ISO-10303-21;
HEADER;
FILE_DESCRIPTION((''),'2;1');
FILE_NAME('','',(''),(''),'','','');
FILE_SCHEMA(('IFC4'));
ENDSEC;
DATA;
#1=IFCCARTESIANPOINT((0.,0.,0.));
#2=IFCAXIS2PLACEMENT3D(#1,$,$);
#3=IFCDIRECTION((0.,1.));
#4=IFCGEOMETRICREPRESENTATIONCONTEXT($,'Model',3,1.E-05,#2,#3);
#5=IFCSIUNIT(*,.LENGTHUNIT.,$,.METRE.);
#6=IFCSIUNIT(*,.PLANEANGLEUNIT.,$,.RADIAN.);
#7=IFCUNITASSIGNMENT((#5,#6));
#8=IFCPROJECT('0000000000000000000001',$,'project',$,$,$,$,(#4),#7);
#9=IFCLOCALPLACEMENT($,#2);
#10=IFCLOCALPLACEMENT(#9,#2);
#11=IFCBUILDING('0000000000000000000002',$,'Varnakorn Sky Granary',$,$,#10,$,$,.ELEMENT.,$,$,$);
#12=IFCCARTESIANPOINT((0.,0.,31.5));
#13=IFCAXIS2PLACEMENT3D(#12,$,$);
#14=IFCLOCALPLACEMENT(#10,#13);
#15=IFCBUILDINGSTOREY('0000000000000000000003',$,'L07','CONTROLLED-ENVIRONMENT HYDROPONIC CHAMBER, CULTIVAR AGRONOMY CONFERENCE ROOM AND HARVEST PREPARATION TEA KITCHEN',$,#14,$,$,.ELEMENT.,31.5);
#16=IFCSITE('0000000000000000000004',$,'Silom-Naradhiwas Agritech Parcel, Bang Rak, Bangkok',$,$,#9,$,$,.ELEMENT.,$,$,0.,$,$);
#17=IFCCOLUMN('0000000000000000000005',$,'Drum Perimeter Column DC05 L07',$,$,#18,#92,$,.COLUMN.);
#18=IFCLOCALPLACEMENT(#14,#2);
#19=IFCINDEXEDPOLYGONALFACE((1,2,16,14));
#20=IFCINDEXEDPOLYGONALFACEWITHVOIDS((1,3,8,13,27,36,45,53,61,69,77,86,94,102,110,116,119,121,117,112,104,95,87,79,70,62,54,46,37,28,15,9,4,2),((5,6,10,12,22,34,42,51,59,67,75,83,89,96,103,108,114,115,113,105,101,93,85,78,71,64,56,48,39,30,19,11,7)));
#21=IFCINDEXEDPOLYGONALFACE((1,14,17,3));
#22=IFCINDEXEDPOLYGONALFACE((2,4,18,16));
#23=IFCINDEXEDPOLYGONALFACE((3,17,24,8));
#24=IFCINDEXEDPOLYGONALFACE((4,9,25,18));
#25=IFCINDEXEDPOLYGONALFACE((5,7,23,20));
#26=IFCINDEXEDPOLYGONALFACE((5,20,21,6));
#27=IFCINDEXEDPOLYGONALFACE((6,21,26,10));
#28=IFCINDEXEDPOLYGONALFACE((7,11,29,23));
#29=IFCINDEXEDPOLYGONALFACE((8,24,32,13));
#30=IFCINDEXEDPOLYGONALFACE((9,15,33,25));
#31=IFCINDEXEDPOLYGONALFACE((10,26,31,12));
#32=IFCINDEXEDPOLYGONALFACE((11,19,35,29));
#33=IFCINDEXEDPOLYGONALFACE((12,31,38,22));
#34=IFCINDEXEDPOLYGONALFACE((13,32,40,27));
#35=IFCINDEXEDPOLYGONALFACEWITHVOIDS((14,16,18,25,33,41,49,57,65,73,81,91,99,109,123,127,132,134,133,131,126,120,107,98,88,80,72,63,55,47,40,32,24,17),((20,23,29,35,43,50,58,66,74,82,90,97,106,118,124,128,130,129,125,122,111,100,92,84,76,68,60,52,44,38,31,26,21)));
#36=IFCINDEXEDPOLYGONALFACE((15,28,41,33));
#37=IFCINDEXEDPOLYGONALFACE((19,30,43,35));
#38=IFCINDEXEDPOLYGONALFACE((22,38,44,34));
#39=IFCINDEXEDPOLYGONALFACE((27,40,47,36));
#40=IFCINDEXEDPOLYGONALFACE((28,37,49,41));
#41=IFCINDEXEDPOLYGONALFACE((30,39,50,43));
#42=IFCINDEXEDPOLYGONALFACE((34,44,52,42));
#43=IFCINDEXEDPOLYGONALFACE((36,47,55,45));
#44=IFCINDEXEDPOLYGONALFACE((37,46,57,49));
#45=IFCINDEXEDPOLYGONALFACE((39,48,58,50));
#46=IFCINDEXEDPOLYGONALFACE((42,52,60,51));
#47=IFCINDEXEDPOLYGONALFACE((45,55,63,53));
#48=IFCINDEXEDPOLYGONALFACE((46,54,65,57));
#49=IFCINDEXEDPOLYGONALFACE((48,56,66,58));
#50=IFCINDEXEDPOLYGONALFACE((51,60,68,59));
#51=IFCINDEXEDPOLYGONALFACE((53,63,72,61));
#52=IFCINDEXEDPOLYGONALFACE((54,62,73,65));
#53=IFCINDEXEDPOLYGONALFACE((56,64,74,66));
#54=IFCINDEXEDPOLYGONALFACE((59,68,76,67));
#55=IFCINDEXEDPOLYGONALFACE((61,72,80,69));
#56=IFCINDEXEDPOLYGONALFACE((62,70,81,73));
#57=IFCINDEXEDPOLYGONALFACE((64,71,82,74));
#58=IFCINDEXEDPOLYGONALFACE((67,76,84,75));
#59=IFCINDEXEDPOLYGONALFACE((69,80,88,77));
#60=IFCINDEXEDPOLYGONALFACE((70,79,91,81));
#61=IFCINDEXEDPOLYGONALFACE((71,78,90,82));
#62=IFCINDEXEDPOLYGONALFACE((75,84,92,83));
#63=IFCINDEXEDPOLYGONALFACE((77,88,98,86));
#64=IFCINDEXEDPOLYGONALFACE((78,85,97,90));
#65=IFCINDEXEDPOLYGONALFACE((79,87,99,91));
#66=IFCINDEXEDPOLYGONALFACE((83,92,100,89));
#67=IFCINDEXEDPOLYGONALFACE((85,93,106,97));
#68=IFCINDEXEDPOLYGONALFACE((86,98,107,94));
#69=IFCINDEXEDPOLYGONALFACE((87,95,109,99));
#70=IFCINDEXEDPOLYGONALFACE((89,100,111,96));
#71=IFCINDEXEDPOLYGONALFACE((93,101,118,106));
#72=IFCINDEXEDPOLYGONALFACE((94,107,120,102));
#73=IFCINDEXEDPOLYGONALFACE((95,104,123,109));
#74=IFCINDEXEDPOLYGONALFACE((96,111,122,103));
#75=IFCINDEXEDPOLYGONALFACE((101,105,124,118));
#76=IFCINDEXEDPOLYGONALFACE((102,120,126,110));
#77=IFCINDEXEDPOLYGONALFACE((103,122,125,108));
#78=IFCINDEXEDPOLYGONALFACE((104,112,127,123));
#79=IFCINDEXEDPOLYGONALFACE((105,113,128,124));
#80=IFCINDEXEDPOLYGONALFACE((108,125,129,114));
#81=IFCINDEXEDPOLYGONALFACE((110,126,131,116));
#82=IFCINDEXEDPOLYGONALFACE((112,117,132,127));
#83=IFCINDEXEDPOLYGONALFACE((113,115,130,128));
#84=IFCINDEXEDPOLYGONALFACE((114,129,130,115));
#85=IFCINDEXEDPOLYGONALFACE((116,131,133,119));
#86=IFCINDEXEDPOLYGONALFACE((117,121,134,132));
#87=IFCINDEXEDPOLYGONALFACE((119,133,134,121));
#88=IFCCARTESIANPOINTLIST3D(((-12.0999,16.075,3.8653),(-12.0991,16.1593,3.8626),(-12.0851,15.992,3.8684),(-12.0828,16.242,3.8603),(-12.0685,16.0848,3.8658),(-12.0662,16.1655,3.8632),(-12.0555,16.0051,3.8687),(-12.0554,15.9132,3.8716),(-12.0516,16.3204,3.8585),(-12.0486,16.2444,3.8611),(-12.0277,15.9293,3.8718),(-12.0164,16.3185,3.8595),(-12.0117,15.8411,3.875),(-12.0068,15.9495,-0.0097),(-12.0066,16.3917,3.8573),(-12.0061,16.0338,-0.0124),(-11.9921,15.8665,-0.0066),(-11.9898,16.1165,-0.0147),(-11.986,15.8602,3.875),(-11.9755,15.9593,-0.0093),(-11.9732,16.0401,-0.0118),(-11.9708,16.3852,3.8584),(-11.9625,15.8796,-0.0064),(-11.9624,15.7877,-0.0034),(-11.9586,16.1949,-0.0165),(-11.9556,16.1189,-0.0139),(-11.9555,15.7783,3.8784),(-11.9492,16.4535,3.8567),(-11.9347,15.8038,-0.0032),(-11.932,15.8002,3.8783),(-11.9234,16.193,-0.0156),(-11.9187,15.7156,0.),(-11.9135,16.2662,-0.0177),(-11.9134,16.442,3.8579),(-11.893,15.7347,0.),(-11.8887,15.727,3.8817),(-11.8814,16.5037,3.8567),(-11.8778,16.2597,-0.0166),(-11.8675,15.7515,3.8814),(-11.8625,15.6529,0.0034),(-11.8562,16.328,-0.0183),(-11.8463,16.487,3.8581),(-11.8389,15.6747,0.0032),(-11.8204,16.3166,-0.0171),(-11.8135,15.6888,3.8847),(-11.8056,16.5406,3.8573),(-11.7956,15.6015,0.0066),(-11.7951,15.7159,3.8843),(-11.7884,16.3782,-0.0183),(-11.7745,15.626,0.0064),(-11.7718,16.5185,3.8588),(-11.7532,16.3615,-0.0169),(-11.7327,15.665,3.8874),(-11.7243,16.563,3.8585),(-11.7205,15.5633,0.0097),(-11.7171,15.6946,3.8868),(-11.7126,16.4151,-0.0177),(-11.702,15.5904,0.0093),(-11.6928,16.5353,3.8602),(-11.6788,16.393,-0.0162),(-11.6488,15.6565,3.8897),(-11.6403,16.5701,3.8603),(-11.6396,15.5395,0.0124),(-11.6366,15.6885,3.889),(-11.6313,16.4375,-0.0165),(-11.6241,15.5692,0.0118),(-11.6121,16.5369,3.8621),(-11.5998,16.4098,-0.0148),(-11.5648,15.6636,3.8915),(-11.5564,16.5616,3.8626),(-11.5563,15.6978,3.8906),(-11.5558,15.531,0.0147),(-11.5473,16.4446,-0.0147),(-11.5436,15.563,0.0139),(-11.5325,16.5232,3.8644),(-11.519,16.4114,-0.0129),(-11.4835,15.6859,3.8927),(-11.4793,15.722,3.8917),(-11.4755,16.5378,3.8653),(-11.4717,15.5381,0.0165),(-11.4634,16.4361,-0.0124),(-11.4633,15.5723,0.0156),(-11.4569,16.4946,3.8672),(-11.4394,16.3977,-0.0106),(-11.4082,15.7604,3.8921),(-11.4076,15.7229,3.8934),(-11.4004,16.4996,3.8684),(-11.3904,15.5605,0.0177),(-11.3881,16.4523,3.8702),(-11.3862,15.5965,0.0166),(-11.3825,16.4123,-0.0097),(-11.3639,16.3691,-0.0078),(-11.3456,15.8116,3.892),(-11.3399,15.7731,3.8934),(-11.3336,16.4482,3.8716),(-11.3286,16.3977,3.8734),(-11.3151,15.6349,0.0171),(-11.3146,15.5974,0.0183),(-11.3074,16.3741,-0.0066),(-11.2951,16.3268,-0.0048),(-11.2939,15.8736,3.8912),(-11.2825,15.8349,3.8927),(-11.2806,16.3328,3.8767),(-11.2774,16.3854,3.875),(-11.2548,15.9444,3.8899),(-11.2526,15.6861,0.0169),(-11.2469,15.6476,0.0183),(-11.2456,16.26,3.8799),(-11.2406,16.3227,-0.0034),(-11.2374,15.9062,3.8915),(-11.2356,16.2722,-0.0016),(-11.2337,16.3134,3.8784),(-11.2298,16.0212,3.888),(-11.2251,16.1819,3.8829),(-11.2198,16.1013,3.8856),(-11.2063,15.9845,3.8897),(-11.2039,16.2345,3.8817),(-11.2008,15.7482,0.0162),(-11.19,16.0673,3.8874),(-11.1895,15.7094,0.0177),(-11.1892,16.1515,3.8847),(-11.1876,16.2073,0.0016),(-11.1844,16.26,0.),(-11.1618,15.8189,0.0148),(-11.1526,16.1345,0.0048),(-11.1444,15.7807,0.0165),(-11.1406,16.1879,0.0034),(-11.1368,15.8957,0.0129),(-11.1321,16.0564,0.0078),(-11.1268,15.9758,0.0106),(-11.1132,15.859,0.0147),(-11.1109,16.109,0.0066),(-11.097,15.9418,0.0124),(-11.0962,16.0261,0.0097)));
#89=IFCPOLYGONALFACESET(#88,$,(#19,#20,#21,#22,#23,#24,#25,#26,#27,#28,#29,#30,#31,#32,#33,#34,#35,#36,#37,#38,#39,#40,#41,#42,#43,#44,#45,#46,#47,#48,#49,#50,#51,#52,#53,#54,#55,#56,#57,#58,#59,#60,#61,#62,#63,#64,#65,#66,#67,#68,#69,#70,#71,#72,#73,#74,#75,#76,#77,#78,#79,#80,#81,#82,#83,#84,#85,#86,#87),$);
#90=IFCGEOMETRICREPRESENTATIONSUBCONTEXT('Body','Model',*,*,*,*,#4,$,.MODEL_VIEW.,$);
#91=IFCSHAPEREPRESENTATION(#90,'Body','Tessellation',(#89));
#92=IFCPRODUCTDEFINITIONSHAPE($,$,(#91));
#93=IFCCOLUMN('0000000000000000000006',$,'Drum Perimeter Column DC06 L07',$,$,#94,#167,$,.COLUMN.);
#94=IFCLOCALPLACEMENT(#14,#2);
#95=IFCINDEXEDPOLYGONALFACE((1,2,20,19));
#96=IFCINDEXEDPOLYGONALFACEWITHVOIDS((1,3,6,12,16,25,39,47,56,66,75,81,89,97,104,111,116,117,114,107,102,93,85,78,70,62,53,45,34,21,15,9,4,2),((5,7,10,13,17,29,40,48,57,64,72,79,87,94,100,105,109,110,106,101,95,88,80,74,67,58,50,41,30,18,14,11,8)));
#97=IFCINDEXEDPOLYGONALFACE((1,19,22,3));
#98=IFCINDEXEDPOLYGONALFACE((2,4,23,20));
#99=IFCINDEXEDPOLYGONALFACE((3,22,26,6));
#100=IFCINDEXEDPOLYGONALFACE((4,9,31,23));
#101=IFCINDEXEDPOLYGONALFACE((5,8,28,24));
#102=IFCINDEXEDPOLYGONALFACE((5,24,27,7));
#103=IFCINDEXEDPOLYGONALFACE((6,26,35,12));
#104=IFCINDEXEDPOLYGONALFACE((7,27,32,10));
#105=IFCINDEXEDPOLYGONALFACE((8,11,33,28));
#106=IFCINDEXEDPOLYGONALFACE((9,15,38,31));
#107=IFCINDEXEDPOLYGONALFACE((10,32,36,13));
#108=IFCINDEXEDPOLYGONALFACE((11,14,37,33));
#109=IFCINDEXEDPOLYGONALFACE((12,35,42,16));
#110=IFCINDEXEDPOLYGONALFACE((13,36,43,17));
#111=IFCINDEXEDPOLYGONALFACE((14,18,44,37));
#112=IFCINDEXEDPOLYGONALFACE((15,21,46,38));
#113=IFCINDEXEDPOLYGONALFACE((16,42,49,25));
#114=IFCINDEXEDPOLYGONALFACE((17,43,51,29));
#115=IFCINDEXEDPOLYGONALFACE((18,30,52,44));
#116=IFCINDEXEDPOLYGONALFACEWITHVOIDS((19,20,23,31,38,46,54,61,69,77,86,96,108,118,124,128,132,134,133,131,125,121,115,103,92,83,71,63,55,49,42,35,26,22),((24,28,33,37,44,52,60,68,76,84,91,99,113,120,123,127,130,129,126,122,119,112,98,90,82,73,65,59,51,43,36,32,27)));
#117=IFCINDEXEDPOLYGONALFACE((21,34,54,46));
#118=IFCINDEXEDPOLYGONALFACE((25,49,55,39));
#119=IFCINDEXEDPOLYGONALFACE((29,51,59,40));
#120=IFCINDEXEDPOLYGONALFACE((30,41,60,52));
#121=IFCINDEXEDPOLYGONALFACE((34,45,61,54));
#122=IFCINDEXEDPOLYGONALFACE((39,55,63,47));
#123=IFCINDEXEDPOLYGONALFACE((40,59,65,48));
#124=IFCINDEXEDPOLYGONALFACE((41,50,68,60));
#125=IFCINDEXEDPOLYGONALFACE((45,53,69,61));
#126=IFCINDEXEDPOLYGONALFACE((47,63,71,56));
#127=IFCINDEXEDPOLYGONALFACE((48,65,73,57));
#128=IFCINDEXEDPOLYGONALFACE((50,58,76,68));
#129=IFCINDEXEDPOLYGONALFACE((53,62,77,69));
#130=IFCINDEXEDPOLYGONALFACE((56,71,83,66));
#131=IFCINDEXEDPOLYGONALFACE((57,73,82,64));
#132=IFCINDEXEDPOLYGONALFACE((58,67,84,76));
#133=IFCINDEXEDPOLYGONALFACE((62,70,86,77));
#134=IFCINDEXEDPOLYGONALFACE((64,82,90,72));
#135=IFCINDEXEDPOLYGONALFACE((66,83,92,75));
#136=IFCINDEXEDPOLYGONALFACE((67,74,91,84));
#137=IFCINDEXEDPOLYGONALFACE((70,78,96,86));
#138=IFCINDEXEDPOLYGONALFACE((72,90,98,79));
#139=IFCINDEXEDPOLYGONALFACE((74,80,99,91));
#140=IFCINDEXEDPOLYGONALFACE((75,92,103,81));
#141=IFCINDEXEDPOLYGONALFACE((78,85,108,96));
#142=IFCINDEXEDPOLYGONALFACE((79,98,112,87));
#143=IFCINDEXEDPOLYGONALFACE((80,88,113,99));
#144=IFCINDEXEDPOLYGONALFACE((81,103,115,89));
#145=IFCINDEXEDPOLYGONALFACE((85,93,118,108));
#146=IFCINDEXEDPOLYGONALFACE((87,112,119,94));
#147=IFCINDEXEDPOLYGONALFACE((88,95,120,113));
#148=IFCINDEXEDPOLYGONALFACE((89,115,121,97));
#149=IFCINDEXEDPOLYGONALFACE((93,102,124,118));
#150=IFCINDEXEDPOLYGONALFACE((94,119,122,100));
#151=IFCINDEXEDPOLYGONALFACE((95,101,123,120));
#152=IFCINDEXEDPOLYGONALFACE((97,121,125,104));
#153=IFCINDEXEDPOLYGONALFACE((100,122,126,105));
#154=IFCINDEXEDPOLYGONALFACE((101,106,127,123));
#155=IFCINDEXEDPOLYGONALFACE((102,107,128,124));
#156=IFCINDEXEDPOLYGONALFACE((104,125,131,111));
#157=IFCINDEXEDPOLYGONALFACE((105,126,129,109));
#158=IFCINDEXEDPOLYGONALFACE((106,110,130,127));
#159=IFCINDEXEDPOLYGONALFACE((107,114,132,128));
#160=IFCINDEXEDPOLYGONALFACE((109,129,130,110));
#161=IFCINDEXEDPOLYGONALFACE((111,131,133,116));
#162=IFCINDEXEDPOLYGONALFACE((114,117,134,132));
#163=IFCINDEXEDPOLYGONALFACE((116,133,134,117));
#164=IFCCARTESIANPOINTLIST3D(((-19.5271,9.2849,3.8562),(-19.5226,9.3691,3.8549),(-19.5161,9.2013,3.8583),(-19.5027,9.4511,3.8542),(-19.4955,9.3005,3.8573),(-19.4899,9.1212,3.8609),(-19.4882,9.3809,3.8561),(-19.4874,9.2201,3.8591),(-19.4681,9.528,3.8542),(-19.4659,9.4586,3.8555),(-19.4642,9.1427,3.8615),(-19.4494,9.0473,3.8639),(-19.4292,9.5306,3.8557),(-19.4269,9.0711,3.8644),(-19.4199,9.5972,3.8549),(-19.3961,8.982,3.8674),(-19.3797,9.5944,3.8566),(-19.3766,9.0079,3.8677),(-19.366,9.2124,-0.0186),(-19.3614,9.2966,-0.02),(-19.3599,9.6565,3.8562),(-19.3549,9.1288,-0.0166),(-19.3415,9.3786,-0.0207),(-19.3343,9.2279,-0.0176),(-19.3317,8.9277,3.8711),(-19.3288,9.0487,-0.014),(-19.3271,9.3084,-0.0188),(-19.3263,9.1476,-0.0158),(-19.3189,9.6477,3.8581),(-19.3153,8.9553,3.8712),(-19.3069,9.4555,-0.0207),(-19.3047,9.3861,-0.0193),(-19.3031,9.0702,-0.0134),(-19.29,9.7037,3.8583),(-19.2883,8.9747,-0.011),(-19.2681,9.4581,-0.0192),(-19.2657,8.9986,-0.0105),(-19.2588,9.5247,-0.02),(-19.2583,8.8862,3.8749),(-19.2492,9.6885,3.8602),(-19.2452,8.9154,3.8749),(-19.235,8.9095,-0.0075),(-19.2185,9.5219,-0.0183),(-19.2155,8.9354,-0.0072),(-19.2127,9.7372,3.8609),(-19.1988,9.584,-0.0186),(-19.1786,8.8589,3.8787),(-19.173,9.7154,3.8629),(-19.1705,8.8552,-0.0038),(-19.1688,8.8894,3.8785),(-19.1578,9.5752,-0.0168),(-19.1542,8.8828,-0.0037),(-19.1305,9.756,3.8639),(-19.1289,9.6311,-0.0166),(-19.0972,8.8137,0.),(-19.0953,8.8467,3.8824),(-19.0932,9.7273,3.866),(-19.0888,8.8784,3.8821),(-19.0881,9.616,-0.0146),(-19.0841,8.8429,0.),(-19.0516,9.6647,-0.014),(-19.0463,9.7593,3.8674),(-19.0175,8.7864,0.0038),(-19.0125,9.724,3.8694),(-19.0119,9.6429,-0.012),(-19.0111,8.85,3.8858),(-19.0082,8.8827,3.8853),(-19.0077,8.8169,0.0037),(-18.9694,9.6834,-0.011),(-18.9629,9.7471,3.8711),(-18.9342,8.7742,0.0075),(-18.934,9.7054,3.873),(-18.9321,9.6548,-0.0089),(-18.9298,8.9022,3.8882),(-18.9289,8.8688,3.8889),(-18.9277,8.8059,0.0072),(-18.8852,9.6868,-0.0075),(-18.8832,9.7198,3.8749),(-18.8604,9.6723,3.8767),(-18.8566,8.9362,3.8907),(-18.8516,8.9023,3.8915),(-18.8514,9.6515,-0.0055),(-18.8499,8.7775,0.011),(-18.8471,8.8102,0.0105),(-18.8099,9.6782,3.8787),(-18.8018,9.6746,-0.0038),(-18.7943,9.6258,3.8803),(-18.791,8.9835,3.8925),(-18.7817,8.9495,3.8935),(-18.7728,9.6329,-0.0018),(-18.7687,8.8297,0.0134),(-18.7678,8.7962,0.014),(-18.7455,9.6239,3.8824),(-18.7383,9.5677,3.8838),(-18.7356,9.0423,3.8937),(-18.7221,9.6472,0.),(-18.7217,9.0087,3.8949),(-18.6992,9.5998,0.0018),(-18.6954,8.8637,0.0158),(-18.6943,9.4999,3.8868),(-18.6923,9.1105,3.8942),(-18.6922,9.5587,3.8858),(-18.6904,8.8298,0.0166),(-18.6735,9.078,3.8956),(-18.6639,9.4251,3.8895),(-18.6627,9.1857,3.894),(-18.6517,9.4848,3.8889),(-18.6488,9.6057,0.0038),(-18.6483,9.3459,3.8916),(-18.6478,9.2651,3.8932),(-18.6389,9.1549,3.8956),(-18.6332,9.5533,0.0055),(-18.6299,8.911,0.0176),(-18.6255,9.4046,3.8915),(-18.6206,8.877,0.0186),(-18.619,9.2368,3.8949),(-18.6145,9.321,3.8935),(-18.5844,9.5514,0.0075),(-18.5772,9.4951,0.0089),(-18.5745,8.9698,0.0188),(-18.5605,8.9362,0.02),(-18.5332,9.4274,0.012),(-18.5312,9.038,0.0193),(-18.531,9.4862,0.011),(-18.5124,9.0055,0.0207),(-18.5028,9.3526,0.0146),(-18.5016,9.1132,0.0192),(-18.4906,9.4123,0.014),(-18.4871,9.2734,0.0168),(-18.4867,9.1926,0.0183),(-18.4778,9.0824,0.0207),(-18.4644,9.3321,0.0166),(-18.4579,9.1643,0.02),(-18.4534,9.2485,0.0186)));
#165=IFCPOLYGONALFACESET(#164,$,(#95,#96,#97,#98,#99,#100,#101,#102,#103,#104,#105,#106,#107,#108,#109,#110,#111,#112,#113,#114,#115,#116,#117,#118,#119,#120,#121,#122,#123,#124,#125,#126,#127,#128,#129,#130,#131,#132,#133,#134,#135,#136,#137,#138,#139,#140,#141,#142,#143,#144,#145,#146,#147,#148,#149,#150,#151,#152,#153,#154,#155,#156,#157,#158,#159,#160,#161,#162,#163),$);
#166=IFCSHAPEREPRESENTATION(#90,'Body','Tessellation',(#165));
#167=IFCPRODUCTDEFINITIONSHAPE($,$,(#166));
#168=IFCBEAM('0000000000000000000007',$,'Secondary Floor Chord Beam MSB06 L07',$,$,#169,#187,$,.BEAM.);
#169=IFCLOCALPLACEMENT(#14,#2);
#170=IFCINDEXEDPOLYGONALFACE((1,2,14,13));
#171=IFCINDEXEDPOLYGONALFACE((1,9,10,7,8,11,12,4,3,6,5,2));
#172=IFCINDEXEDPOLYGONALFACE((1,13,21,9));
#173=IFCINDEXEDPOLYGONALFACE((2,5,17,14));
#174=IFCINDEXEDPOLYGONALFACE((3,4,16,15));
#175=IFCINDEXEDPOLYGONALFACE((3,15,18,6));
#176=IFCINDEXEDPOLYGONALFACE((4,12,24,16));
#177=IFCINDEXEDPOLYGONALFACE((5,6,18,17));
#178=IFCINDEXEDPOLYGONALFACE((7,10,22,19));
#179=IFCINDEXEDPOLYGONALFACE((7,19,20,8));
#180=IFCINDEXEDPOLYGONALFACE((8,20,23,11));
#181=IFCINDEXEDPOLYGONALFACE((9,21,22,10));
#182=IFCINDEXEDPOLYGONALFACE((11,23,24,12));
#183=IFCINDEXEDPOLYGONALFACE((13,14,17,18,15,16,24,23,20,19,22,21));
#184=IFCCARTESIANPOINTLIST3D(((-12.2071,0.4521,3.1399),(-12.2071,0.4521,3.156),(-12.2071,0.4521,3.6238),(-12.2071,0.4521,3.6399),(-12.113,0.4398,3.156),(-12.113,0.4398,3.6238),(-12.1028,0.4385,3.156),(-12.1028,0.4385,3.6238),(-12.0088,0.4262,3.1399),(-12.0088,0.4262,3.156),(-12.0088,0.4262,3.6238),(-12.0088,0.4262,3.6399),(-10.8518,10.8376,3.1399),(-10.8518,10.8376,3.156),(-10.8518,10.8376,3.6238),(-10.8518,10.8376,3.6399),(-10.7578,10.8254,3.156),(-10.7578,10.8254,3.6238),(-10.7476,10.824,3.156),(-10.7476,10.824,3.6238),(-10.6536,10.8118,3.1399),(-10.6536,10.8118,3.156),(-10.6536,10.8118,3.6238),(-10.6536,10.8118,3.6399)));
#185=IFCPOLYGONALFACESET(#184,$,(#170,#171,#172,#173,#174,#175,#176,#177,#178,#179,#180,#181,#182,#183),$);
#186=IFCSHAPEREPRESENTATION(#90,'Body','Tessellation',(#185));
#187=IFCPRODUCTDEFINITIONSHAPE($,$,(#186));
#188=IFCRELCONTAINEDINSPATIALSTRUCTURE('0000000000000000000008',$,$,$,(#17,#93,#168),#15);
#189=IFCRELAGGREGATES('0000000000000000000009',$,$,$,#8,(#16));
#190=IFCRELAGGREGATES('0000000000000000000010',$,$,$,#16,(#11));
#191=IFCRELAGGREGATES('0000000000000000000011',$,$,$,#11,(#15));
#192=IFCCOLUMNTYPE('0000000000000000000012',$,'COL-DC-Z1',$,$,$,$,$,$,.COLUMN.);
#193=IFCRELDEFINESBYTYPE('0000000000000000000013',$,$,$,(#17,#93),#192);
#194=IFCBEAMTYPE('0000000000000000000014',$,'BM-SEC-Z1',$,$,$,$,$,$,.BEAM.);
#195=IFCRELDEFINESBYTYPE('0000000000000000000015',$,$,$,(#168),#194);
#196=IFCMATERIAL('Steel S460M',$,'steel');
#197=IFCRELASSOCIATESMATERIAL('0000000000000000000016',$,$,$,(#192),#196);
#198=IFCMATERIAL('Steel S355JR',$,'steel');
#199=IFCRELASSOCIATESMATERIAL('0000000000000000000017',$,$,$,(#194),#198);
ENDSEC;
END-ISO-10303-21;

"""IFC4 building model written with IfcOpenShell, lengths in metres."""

from ifc_helpers import new_model, si_unit, direction, frame, origin, origin_2d, place, context, subcontext, project, spatial, hollow_circle, i_section, extrude, material, material_profile, profile_set, type_object, element, save


model = new_model("IFC4")

# Units and contexts
model_context = context("Model", 3, precision=1e-05, world=origin(), true_north=direction((0.0, 1.0)))
body_context = subcontext(model_context, "Body", "Model", "MODEL_VIEW")
ifc_project = project(units=[si_unit("LENGTHUNIT", "METRE"), si_unit("PLANEANGLEUNIT", "RADIAN")], contexts=[model_context])

# Site, building, storey
site_placement = place(None, origin())
site = spatial("IfcSite", under=ifc_project, at=site_placement, Name="Silom-Naradhiwas Agritech Parcel, Bang Rak, Bangkok", CompositionType="ELEMENT", RefElevation=0.0)
building_placement = place(site_placement, origin())
building = spatial("IfcBuilding", under=site, at=building_placement, Name="Varnakorn Sky Granary", CompositionType="ELEMENT")
storey_placement = place(building_placement, frame((0.0, 0.0, 31.5)))
storey = spatial("IfcBuildingStorey", under=building, at=storey_placement, Name="L07", Description="CONTROLLED-ENVIRONMENT HYDROPONIC CHAMBER, CULTIVAR AGRONOMY CONFERENCE ROOM AND HARVEST PREPARATION TEA KITCHEN", CompositionType="ELEMENT", Elevation=31.5)

# Columns
ifc_material_1 = material(Name="Steel S460M", Category="steel")
ifc_material_profile_1 = material_profile(ifc_material_1, hollow_circle(Radius=0.457, WallThickness=0.032, at=origin_2d()), Name="CHS 914x32")
ifc_profile_set_1 = profile_set([ifc_material_profile_1], Name="Steel S460M")
column_type = type_object("IfcColumnType", Name="COL-DC-Z1", PredefinedType="COLUMN", material=ifc_profile_set_1)
column_1_placement = place(storey_placement, frame((-11.5515, 15.9878, 0.0), z_axis=(-0.023985, 0.032358, 0.999189), x_axis=(-0.803363, -0.595489, 0.0)))
element("IfcColumn", 1, at=column_1_placement, inside=storey, type_object=column_type, Name="Drum Perimeter Column DC05 L07", PredefinedType="COLUMN", context=body_context, shape_type="SweptSolid", body=[
    extrude(hollow_circle(Radius=0.457, WallThickness=0.032, at=origin_2d()), origin(), (0.0, 0.0, 1.0), 3.8782),
])
column_2_placement = place(storey_placement, frame((-18.9097, 9.2305, 0.0), z_axis=(-0.041539, 0.018693, 0.998962), x_axis=(-0.410365, -0.911922, 0.0)))
element("IfcColumn", 2, at=column_2_placement, inside=storey, type_object=column_type, Name="Drum Perimeter Column DC06 L07", PredefinedType="COLUMN", context=body_context, shape_type="SweptSolid", body=[
    extrude(hollow_circle(Radius=0.457, WallThickness=0.032, at=origin_2d()), origin(), (0.0, 0.0, 1.0), 3.8789),
])

# Beam
ifc_material_2 = material(Name="Steel S355JR", Category="steel")
ifc_material_profile_2 = material_profile(ifc_material_2, i_section(OverallWidth=0.2, OverallDepth=0.5, WebThickness=0.0103, FlangeThickness=0.0161, at=origin_2d()), Name="IPE 500")
ifc_profile_set_2 = profile_set([ifc_material_profile_2], Name="Steel S355JR")
beam_type_1 = type_object("IfcBeamType", Name="BM-SEC-Z1", PredefinedType="BEAM", material=ifc_profile_set_2)
beam_1_placement = place(storey_placement, frame((-10.7527, 10.8247, 3.3899), z_axis=(-0.129395, -0.991593, 0.0), x_axis=(0.991593, -0.129395, 0.0)))
element("IfcBeam", 3, at=beam_1_placement, inside=storey, type_object=beam_type_1, Name="Secondary Floor Chord Beam MSB06 L07", PredefinedType="BEAM", context=body_context, shape_type="SweptSolid", body=[
    extrude(i_section(OverallWidth=0.2, OverallDepth=0.5, WebThickness=0.0103, FlangeThickness=0.0161, at=origin_2d()), origin(), (0.0, 0.0, 1.0), 10.4736),
])

save(model, "model.ifc")
